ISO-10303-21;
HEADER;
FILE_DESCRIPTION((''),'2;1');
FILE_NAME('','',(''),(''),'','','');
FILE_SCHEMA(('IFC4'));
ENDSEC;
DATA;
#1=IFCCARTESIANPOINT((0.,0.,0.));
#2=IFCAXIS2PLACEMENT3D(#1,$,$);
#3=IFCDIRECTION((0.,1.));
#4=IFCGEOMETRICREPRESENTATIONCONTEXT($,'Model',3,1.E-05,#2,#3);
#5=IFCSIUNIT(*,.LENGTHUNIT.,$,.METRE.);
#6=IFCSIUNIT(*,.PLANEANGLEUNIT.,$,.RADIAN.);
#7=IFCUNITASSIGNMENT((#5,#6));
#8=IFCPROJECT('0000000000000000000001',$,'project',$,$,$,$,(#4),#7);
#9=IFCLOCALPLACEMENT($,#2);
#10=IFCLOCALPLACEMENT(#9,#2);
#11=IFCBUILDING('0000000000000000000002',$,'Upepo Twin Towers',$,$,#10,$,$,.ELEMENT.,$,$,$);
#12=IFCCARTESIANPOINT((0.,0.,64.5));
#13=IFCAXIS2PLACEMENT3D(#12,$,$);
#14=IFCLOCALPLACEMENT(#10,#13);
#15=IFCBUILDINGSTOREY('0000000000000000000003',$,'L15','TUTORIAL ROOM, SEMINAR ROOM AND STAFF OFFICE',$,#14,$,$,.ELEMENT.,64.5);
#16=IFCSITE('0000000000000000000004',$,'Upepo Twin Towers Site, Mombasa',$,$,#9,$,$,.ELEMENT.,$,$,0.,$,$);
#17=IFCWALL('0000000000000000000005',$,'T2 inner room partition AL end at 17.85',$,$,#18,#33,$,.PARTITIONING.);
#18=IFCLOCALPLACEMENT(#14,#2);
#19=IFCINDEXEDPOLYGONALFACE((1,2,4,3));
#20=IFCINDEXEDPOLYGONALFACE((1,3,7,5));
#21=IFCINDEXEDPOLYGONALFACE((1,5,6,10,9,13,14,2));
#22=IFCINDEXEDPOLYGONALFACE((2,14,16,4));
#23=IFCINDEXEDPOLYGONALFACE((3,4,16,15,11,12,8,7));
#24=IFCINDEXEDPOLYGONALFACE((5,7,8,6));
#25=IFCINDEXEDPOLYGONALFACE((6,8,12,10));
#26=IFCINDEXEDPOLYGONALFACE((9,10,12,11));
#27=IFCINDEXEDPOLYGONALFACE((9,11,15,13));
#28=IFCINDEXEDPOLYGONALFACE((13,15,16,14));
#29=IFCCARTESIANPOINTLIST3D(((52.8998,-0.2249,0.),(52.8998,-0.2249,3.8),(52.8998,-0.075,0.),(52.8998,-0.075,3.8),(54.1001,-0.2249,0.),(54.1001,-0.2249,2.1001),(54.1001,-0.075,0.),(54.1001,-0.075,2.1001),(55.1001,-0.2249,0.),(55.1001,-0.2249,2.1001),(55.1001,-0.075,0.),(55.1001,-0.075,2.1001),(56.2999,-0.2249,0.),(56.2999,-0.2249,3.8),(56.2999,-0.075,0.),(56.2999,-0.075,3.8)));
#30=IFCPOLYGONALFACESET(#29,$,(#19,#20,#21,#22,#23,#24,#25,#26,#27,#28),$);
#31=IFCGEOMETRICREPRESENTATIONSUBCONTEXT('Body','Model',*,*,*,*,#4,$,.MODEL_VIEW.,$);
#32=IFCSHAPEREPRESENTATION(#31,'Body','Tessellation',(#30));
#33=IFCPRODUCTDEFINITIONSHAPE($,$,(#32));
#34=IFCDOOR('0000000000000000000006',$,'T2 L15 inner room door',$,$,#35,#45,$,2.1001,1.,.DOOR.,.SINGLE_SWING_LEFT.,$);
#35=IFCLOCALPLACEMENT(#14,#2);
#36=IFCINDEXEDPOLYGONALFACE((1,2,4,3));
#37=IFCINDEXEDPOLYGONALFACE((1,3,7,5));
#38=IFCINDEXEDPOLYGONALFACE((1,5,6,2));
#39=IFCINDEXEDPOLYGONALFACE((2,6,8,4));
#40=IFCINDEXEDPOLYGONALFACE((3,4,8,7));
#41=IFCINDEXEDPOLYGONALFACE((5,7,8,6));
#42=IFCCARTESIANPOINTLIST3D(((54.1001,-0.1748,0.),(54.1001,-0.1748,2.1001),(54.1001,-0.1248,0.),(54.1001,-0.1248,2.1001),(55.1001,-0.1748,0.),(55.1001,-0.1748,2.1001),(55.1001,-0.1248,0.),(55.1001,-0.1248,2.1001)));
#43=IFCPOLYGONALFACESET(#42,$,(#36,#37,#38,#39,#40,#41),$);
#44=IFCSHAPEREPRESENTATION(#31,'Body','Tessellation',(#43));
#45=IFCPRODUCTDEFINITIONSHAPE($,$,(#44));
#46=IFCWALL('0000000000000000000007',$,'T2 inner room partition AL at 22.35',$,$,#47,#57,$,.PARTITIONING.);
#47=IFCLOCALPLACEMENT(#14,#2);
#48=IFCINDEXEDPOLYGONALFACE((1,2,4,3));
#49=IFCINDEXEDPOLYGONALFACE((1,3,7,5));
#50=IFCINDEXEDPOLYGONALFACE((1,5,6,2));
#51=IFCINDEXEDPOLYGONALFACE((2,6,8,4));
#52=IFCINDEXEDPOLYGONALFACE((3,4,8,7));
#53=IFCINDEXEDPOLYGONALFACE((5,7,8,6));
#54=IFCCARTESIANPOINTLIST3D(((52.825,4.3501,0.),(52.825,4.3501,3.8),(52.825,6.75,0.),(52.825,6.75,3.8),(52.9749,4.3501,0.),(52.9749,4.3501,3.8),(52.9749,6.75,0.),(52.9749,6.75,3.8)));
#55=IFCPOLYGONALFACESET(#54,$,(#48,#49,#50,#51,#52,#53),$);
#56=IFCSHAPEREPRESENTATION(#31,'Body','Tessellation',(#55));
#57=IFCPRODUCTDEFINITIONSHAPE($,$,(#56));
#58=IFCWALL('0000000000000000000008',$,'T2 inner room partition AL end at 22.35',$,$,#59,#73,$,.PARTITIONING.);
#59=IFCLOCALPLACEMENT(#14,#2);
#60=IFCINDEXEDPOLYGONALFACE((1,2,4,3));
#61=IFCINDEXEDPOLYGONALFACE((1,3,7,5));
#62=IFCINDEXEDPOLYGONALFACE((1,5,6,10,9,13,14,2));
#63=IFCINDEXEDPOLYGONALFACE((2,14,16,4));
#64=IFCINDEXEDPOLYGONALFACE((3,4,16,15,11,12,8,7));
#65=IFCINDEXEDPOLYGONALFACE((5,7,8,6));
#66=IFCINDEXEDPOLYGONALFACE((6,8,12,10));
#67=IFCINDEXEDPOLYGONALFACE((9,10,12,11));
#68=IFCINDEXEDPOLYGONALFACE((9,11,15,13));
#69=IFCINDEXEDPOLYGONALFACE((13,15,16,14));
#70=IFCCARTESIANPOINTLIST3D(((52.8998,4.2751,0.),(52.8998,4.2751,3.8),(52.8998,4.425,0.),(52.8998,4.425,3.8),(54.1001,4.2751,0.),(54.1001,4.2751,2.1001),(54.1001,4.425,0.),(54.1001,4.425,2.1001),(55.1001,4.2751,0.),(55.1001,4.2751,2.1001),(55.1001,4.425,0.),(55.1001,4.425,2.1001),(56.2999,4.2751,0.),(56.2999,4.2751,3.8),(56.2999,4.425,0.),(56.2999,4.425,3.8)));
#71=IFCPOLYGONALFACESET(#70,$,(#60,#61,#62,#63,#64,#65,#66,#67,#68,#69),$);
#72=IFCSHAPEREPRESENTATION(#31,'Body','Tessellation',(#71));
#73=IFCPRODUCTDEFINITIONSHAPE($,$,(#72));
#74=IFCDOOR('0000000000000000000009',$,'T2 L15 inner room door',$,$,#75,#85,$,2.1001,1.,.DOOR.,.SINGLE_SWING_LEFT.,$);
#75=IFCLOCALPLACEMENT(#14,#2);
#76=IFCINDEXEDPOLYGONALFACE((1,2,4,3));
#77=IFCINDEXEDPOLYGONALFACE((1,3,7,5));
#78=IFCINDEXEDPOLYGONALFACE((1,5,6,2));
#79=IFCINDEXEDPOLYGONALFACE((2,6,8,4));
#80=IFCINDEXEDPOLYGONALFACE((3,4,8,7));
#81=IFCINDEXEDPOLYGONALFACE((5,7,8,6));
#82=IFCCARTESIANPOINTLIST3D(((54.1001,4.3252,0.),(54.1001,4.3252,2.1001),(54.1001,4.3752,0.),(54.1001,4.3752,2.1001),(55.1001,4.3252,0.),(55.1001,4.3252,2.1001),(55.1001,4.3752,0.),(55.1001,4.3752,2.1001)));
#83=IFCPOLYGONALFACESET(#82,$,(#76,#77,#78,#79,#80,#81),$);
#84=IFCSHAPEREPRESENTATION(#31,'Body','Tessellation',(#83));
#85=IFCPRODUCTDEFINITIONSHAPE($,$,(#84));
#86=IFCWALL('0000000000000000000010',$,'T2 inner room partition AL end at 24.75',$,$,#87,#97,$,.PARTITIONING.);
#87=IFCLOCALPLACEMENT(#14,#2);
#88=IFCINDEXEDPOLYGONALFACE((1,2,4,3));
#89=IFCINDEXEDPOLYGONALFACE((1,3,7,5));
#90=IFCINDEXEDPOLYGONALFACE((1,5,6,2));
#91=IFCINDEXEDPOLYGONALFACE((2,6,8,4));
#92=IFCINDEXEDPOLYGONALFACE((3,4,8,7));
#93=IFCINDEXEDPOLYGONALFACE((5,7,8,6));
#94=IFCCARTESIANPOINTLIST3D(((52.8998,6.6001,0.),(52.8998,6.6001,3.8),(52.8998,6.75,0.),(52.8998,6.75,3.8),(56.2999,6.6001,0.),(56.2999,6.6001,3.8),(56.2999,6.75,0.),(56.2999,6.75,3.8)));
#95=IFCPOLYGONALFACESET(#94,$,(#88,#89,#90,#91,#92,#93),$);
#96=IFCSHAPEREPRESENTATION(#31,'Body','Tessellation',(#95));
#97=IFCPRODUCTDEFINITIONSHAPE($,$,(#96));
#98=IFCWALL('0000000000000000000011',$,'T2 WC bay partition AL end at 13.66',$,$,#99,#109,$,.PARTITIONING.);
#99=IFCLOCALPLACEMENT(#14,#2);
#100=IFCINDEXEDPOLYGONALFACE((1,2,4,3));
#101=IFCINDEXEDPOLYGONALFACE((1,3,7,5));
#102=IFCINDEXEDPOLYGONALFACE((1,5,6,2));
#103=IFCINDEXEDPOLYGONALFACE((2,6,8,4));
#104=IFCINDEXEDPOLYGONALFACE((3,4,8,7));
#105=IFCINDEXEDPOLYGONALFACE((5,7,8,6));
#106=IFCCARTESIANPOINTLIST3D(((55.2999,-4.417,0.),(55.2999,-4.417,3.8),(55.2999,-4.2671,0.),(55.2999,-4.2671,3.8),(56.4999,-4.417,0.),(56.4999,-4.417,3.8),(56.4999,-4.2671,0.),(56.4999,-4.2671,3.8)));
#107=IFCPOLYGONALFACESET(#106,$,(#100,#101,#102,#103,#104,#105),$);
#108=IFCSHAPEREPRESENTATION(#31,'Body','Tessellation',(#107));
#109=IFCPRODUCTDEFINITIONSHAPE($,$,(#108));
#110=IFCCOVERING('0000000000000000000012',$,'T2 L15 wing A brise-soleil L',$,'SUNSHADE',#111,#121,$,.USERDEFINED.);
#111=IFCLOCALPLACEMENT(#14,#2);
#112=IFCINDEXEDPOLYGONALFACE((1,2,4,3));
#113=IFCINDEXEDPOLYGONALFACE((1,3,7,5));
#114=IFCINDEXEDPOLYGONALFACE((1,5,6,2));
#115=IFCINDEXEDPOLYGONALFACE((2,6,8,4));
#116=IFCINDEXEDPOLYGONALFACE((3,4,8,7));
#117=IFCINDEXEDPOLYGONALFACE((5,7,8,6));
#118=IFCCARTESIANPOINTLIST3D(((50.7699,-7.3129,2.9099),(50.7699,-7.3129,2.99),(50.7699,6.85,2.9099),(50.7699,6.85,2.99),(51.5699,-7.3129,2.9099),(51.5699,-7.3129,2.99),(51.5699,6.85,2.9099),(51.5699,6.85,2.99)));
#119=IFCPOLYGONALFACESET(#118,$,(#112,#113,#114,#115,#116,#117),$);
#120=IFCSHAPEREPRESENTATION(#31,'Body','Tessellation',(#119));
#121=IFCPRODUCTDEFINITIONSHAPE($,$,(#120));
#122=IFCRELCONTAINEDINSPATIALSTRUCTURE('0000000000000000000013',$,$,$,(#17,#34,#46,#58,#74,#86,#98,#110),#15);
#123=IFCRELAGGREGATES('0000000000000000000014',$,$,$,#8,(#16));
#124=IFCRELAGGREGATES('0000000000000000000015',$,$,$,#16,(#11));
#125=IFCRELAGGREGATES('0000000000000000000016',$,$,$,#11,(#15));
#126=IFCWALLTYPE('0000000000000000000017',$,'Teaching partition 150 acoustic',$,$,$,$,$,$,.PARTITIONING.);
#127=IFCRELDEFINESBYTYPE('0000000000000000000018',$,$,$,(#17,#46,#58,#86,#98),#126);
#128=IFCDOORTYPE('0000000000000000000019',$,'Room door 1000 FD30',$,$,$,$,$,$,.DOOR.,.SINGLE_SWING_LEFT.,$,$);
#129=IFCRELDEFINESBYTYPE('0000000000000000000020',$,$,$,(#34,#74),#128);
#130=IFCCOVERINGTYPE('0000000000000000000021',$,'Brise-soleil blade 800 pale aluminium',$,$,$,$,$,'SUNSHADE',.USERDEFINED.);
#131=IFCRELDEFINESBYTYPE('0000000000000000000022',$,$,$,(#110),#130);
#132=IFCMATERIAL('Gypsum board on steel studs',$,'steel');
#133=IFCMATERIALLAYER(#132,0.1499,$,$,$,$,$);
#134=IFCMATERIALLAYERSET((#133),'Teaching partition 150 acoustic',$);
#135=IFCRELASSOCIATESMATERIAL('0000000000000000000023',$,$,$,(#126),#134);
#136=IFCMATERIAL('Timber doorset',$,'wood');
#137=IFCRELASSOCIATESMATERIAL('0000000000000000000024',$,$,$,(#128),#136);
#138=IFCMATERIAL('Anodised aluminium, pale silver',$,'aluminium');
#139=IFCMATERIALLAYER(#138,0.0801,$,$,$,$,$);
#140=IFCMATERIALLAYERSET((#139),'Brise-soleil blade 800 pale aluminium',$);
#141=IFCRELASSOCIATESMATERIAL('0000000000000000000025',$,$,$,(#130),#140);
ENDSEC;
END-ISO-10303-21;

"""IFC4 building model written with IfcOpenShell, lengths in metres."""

from ifc_helpers import new_model, si_unit, direction, frame, frame_2d, origin, origin_2d, place, context, subcontext, project, spatial, rectangle, extrude, material, layer, layer_set, type_object, element, fill, save


model = new_model("IFC4")

# Units and contexts
model_context = context("Model", 3, precision=1e-05, world=origin(), true_north=direction((0.0, 1.0)))
body_context = subcontext(model_context, "Body", "Model", "MODEL_VIEW")
ifc_project = project(units=[si_unit("LENGTHUNIT", "METRE"), si_unit("PLANEANGLEUNIT", "RADIAN")], contexts=[model_context])

# Site, building, storey
site_placement = place(None, origin())
site = spatial("IfcSite", under=ifc_project, at=site_placement, Name="Upepo Twin Towers Site, Mombasa", CompositionType="ELEMENT", RefElevation=0.0)
building_placement = place(site_placement, origin())
building = spatial("IfcBuilding", under=site, at=building_placement, Name="Upepo Twin Towers", CompositionType="ELEMENT")
storey_placement = place(building_placement, frame((0.0, 0.0, 64.5)))
storey = spatial("IfcBuildingStorey", under=building, at=storey_placement, Name="L15", Description="TUTORIAL ROOM, SEMINAR ROOM AND STAFF OFFICE", CompositionType="ELEMENT", Elevation=64.5)

# Shared definitions
ifc_material_1 = material(Name="Gypsum board on steel studs", Category="steel")
ifc_layer_1 = layer(ifc_material_1, 0.1499)
ifc_layer_set_1 = layer_set([ifc_layer_1], Name="Teaching partition 150 acoustic")
wall_type_1 = type_object("IfcWallType", Name="Teaching partition 150 acoustic", PredefinedType="PARTITIONING", material=ifc_layer_set_1)

# Wall, opening, door
wall_1_placement = place(storey_placement, frame((56.3, -0.1499, 0.0), z_axis=(0.0, 0.0, 1.0), x_axis=(-1.0, 0.0, 0.0)))
wall_1 = element("IfcWall", 1, at=wall_1_placement, inside=storey, type_object=wall_type_1, Name="T2 inner room partition AL end at 17.85", PredefinedType="PARTITIONING", context=body_context, shape_type="SweptSolid", body=[
    extrude(rectangle(XDim=3.4001, YDim=0.1499, at=frame_2d((1.7002, 0.0))), origin(), (0.0, 0.0, 1.0), 3.8),
])
opening_1_placement = place(wall_1_placement, frame((1.2, 0.0, 0.0)))
opening_1 = element("IfcOpeningElement", 2, at=opening_1_placement, cuts=wall_1, PredefinedType="OPENING", context=body_context, shape_type="SweptSolid", body=[
    extrude(rectangle(XDim=1.0, YDim=2.1001, at=frame_2d((0.5, 1.05))), frame((0.0, 0.085, 0.0), z_axis=(0.0, -1.0, 0.0), x_axis=(1.0, 0.0, 0.0)), (0.0, 0.0, 1.0), 0.1699),
])
ifc_material_2 = material(Name="Timber doorset", Category="wood")
door_type = type_object("IfcDoorType", Name="Room door 1000 FD30", OperationType="SINGLE_SWING_LEFT", PredefinedType="DOOR", material=ifc_material_2)
door_1_placement = place(opening_1_placement, origin())
door_1 = element("IfcDoor", 3, at=door_1_placement, inside=storey, type_object=door_type, Name="T2 L15 inner room door", OperationType="SINGLE_SWING_LEFT", OverallHeight=2.1001, OverallWidth=1.0, PredefinedType="DOOR", context=body_context, shape_type="SweptSolid", body=[
    extrude(rectangle(XDim=1.0, YDim=2.1001, at=frame_2d((0.5, 1.05))), frame((0.0, 0.0249, 0.0), z_axis=(0.0, -1.0, 0.0), x_axis=(1.0, 0.0, 0.0)), (0.0, 0.0, 1.0), 0.05),
])
fill(opening_1, door_1)

# Wall
wall_2_placement = place(storey_placement, frame((52.8999, 4.3501, 0.0), z_axis=(0.0, 0.0, 1.0), x_axis=(0.0, 1.0, 0.0)))
element("IfcWall", 4, at=wall_2_placement, inside=storey, type_object=wall_type_1, Name="T2 inner room partition AL at 22.35", PredefinedType="PARTITIONING", context=body_context, shape_type="SweptSolid", body=[
    extrude(rectangle(XDim=2.3999, YDim=0.1499, at=frame_2d((1.2, 0.0))), origin(), (0.0, 0.0, 1.0), 3.8),
])

# Wall, opening, door
wall_3_placement = place(storey_placement, frame((56.3, 4.3501, 0.0), z_axis=(0.0, 0.0, 1.0), x_axis=(-1.0, 0.0, 0.0)))
wall_3 = element("IfcWall", 5, at=wall_3_placement, inside=storey, type_object=wall_type_1, Name="T2 inner room partition AL end at 22.35", PredefinedType="PARTITIONING", context=body_context, shape_type="SweptSolid", body=[
    extrude(rectangle(XDim=3.4001, YDim=0.1499, at=frame_2d((1.7002, 0.0))), origin(), (0.0, 0.0, 1.0), 3.8),
])
opening_2_placement = place(wall_3_placement, frame((1.2, 0.0, 0.0)))
opening_2 = element("IfcOpeningElement", 6, at=opening_2_placement, cuts=wall_3, PredefinedType="OPENING", context=body_context, shape_type="SweptSolid", body=[
    extrude(rectangle(XDim=1.0, YDim=2.1001, at=frame_2d((0.5, 1.05))), frame((0.0, 0.085, 0.0), z_axis=(0.0, -1.0, 0.0), x_axis=(1.0, 0.0, 0.0)), (0.0, 0.0, 1.0), 0.1699),
])
door_2_placement = place(opening_2_placement, origin())
door_2 = element("IfcDoor", 7, at=door_2_placement, inside=storey, type_object=door_type, Name="T2 L15 inner room door", OperationType="SINGLE_SWING_LEFT", OverallHeight=2.1001, OverallWidth=1.0, PredefinedType="DOOR", context=body_context, shape_type="SweptSolid", body=[
    extrude(rectangle(XDim=1.0, YDim=2.1001, at=frame_2d((0.5, 1.05))), frame((0.0, 0.0249, 0.0), z_axis=(0.0, -1.0, 0.0), x_axis=(1.0, 0.0, 0.0)), (0.0, 0.0, 1.0), 0.05),
])
fill(opening_2, door_2)

# Walls
wall_4_placement = place(storey_placement, frame((56.3, 6.675, 0.0), z_axis=(0.0, 0.0, 1.0), x_axis=(-1.0, 0.0, 0.0)))
element("IfcWall", 8, at=wall_4_placement, inside=storey, type_object=wall_type_1, Name="T2 inner room partition AL end at 24.75", PredefinedType="PARTITIONING", context=body_context, shape_type="SweptSolid", body=[
    extrude(rectangle(XDim=3.4001, YDim=0.1499, at=frame_2d((1.7002, 0.0))), origin(), (0.0, 0.0, 1.0), 3.8),
])
wall_5_placement = place(storey_placement, frame((56.5, -4.342, 0.0), z_axis=(0.0, 0.0, 1.0), x_axis=(-1.0, 0.0, 0.0)))
element("IfcWall", 9, at=wall_5_placement, inside=storey, type_object=wall_type_1, Name="T2 WC bay partition AL end at 13.66", PredefinedType="PARTITIONING", context=body_context, shape_type="SweptSolid", body=[
    extrude(rectangle(XDim=1.2, YDim=0.1499, at=frame_2d((0.6001, 0.0))), origin(), (0.0, 0.0, 1.0), 3.8),
])

# Covering
ifc_material_3 = material(Name="Anodised aluminium, pale silver", Category="aluminium")
ifc_layer_2 = layer(ifc_material_3, 0.0801)
ifc_layer_set_2 = layer_set([ifc_layer_2], Name="Brise-soleil blade 800 pale aluminium")
covering_type = type_object("IfcCoveringType", Name="Brise-soleil blade 800 pale aluminium", ElementType="SUNSHADE", PredefinedType="USERDEFINED", material=ifc_layer_set_2)
covering_placement = place(storey_placement, frame((51.1699, -0.2314, 2.9099), z_axis=(0.0, 0.0, 1.0), x_axis=(0.0, 1.0, 0.0)))
element("IfcCovering", 10, at=covering_placement, inside=storey, type_object=covering_type, Name="T2 L15 wing A brise-soleil L", ObjectType="SUNSHADE", PredefinedType="USERDEFINED", context=body_context, shape_type="SweptSolid", body=[
    extrude(rectangle(XDim=14.1628, YDim=0.8, at=origin_2d()), origin(), (0.0, 0.0, 1.0), 0.0801),
])

save(model, "model.ifc")
